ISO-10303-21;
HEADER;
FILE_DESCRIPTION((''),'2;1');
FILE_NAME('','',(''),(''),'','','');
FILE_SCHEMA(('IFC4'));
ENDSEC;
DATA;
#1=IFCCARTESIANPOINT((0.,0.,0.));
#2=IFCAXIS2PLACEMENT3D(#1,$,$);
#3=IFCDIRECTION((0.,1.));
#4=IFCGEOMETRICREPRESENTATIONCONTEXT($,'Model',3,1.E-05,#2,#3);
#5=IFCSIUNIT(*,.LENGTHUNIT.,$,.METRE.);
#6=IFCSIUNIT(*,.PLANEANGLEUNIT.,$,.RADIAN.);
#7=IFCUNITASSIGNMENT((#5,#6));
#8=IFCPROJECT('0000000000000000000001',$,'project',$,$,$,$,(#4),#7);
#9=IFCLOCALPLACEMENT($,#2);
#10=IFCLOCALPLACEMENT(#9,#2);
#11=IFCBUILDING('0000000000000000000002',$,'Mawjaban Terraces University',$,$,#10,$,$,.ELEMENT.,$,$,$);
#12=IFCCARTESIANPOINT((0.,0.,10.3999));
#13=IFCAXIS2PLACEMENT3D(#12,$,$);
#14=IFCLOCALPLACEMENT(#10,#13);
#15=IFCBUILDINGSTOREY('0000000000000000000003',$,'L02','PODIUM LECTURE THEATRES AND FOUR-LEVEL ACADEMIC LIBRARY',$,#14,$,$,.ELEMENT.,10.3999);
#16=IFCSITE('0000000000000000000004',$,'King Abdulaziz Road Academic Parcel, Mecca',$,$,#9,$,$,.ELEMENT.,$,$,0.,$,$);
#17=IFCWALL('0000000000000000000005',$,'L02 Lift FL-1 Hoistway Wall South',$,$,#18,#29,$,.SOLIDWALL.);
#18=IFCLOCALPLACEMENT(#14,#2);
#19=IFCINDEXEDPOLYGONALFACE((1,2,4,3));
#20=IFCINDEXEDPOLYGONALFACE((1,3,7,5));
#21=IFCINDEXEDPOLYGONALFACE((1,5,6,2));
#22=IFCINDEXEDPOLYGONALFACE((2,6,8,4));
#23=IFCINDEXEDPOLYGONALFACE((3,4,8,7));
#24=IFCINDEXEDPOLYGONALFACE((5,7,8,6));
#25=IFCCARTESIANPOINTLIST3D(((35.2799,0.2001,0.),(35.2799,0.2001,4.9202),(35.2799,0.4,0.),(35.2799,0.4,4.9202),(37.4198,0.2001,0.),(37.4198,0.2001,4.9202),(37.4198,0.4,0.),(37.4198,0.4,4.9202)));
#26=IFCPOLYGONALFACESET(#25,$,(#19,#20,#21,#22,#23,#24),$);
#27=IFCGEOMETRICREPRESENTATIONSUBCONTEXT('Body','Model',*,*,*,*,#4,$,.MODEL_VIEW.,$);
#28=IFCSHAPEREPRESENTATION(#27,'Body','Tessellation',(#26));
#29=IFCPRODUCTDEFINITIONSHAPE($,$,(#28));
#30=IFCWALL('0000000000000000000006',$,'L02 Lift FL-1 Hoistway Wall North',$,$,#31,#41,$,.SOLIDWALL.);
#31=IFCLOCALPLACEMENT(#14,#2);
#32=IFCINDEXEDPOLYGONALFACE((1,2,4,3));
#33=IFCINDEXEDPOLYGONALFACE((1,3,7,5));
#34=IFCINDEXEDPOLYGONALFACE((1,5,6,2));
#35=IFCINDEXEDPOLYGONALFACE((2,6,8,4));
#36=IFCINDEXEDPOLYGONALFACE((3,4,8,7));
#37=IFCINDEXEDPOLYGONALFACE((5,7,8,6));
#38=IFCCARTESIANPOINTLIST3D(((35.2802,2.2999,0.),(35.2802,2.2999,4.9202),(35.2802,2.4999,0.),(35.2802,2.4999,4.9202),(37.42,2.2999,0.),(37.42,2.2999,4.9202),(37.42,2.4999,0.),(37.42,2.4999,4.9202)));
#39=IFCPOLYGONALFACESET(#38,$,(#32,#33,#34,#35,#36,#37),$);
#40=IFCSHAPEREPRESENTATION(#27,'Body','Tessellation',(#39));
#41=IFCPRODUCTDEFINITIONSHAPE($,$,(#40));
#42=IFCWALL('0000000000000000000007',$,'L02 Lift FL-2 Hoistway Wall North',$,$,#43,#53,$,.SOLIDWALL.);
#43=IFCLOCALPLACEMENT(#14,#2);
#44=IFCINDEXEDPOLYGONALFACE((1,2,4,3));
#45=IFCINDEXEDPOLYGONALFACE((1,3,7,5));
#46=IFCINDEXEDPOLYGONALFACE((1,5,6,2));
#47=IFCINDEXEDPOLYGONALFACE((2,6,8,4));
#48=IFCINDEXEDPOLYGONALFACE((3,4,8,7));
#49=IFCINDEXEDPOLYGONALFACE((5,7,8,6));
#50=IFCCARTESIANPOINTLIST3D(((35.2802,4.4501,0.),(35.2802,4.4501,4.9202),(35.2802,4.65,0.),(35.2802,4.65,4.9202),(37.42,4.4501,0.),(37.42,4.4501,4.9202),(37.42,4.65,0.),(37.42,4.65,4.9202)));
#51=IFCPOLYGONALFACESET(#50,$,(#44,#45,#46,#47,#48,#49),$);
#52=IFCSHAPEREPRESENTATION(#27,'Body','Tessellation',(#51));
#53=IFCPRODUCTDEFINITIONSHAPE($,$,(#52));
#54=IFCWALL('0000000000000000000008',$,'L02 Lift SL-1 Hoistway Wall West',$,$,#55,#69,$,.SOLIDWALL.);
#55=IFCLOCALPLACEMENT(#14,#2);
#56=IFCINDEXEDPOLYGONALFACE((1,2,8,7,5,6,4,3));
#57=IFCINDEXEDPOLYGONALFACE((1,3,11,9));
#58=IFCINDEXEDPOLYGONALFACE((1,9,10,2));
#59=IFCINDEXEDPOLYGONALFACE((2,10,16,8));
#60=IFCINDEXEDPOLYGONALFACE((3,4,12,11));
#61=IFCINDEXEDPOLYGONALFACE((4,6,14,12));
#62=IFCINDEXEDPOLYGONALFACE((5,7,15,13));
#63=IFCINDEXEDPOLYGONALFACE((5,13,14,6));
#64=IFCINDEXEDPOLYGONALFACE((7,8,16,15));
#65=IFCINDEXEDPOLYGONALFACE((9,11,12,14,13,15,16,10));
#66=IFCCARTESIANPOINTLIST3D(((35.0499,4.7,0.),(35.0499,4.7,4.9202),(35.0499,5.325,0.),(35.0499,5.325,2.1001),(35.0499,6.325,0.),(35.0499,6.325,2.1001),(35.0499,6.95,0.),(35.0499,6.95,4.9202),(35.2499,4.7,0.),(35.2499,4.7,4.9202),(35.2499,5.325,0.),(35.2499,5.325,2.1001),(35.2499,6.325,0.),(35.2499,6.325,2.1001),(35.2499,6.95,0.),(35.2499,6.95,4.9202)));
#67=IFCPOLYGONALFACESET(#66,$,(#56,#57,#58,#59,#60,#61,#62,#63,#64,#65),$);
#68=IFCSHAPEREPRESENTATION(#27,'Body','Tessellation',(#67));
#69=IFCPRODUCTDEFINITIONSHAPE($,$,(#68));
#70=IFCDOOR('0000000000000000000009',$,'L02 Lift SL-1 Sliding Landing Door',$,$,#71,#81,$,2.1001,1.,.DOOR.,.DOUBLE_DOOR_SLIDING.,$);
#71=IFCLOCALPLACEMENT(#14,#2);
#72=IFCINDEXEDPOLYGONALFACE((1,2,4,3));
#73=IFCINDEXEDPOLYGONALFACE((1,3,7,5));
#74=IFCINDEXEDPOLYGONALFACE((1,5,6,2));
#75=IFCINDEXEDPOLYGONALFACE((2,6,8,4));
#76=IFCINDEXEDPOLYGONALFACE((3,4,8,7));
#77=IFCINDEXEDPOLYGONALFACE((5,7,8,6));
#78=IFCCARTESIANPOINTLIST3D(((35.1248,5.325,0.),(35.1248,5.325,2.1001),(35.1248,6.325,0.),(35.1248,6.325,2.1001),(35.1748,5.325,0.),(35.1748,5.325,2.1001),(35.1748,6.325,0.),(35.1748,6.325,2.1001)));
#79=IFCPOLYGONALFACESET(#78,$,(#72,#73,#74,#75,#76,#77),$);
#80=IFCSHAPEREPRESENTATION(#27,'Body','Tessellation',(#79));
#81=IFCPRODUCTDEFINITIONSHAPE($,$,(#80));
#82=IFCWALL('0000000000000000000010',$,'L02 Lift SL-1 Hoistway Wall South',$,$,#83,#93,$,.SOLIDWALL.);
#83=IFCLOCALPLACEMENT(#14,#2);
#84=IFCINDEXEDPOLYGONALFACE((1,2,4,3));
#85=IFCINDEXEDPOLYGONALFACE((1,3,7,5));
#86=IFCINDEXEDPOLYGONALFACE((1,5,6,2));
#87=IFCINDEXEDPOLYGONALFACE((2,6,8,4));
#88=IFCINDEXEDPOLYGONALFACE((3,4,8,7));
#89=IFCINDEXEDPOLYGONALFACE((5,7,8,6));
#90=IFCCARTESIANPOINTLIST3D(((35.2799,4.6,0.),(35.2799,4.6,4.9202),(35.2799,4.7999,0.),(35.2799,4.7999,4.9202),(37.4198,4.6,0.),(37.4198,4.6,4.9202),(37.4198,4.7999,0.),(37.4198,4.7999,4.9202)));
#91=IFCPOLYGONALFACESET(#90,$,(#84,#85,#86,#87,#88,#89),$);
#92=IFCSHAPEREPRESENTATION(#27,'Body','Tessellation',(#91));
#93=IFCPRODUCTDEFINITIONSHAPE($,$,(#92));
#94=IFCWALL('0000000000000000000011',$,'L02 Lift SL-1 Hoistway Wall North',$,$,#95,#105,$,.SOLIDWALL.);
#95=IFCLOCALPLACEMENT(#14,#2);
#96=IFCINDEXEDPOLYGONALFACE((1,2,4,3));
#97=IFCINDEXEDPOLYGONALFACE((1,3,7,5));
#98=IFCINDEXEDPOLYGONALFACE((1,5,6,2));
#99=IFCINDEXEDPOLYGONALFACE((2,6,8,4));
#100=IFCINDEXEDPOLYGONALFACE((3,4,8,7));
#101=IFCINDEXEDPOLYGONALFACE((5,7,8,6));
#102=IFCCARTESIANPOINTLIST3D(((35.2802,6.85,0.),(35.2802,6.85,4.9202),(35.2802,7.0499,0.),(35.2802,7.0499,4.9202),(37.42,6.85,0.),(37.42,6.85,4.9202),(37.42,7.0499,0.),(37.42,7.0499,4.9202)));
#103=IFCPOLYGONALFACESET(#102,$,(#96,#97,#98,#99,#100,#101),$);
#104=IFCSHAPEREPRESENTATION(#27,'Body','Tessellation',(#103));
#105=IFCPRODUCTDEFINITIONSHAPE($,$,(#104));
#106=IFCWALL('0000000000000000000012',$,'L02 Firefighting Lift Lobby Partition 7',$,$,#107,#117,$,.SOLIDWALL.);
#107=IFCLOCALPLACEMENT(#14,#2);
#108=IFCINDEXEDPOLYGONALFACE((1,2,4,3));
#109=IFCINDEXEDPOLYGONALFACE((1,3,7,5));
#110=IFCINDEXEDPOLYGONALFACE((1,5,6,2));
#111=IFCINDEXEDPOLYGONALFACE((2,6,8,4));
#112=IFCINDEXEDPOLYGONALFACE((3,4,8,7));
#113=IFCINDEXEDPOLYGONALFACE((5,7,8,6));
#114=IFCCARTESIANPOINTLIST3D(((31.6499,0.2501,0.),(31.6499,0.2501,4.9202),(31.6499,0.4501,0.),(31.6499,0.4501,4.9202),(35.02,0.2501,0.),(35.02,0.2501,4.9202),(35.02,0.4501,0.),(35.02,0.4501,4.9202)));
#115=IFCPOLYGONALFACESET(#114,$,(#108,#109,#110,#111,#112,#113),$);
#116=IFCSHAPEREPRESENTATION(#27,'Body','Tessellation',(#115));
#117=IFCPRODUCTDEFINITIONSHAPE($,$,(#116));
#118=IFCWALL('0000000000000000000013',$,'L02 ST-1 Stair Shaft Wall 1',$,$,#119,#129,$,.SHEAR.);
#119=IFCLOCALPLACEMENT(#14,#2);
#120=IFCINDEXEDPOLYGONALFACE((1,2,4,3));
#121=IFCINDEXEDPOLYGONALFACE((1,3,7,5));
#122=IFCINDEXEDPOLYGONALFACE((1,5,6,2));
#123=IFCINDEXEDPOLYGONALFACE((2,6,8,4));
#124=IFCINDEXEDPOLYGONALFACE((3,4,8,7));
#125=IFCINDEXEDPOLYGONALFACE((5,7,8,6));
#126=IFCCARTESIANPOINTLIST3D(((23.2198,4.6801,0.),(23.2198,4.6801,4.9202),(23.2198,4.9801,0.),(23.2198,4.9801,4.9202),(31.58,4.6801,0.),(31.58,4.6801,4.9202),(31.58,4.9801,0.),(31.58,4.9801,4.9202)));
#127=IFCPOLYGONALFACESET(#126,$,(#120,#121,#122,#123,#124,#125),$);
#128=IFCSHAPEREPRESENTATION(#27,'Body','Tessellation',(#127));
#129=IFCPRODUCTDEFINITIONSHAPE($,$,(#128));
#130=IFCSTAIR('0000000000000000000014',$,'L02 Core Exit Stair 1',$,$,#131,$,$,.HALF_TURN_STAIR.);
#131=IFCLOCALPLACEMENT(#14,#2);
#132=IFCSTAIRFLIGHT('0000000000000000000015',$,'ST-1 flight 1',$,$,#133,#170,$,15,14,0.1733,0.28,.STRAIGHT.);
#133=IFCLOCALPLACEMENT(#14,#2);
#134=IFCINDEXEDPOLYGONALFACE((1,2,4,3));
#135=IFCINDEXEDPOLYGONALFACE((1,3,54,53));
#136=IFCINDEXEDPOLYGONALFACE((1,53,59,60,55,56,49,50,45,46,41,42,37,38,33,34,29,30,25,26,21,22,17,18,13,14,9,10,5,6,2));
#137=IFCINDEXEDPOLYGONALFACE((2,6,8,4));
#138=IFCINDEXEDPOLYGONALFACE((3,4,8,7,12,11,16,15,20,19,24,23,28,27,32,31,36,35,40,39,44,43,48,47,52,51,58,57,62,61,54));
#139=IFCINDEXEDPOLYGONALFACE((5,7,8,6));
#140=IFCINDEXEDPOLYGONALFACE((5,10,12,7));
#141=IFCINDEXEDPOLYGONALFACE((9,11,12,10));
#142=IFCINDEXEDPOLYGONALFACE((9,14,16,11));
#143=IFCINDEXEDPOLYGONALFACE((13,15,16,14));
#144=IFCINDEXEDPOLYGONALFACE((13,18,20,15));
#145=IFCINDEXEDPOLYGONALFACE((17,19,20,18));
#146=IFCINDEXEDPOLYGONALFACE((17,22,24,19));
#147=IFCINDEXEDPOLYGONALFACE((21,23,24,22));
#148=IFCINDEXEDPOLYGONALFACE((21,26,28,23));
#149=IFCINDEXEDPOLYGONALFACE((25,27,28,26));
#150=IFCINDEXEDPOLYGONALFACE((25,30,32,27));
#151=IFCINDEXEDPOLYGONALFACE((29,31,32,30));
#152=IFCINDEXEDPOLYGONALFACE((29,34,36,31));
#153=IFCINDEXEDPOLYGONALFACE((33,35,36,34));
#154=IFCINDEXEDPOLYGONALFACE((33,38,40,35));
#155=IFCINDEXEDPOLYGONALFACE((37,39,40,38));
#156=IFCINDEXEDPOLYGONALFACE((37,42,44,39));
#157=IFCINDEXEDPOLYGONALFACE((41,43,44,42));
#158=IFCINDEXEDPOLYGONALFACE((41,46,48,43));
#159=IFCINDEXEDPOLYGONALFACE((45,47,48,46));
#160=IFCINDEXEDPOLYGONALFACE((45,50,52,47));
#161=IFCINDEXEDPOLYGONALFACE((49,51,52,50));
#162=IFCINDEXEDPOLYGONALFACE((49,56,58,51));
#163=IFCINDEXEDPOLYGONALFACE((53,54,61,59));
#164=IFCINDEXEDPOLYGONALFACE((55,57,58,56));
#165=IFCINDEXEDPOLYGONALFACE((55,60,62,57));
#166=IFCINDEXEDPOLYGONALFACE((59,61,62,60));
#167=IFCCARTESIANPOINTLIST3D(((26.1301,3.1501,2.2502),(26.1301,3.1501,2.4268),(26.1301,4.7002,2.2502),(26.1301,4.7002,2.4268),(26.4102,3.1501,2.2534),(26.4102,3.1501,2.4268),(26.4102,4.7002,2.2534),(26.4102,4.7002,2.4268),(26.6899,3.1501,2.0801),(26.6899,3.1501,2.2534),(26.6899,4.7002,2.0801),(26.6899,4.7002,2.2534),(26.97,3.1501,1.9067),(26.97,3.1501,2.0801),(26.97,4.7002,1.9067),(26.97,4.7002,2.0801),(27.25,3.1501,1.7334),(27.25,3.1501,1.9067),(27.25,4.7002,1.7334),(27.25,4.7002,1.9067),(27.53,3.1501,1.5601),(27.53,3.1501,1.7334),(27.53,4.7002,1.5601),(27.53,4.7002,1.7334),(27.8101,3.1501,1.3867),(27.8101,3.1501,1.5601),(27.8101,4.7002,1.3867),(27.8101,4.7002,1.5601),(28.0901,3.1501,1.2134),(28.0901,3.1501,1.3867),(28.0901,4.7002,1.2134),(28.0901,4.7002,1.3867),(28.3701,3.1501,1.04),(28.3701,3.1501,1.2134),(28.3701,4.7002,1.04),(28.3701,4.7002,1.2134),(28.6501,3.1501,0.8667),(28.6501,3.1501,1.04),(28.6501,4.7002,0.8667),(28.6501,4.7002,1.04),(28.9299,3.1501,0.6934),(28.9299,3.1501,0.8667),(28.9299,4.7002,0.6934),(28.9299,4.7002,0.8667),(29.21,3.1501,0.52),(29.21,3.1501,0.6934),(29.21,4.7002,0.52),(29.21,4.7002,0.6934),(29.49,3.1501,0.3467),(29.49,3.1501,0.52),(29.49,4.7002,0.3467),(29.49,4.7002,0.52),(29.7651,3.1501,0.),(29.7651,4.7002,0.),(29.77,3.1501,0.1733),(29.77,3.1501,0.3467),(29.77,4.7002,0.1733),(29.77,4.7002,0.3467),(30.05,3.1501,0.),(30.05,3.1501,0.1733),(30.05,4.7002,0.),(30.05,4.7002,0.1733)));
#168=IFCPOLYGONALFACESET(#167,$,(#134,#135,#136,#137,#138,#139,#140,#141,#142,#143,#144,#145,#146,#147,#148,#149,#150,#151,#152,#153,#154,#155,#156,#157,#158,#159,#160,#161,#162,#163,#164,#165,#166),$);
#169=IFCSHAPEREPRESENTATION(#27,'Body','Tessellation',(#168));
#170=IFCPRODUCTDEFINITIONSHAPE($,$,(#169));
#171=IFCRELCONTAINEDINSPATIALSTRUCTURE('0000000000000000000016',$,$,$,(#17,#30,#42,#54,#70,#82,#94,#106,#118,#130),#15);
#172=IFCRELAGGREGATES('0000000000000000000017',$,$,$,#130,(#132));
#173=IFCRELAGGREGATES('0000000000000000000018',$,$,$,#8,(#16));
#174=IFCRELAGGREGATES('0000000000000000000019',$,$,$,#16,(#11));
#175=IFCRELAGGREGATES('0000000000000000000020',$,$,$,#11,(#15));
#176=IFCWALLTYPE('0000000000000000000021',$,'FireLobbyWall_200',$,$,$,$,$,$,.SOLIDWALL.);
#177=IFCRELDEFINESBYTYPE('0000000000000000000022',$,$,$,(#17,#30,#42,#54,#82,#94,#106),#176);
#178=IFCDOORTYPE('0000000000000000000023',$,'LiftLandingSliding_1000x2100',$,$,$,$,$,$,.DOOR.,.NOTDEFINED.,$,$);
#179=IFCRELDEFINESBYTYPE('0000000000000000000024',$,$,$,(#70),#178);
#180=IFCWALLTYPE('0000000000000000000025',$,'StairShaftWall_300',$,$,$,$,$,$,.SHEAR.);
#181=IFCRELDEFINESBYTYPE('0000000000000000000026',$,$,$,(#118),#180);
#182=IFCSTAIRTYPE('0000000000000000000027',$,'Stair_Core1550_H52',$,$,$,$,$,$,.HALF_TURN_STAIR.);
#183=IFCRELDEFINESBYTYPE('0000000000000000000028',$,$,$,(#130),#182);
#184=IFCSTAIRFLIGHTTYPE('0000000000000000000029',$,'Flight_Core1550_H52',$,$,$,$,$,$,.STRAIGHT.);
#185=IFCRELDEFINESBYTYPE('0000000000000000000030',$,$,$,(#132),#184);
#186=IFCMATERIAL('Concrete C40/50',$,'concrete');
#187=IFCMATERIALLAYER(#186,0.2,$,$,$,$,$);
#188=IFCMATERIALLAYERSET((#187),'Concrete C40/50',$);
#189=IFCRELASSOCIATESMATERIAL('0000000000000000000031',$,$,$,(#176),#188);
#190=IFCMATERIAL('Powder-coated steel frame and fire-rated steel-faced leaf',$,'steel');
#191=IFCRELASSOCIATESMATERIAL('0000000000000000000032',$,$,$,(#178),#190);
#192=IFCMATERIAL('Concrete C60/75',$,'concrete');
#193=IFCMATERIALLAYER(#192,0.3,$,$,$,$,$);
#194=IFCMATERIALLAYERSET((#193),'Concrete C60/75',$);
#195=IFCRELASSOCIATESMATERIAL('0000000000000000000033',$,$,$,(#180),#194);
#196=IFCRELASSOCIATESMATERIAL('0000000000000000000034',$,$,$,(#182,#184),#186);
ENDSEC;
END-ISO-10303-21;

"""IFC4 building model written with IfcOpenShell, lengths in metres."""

from ifc_helpers import new_model, si_unit, direction, frame, frame_2d, origin, place, context, subcontext, project, spatial, polyline, rectangle, outline, extrude, material, layer, layer_set, type_object, element, fill, aggregate, save


model = new_model("IFC4")

# Units and contexts
model_context = context("Model", 3, precision=1e-05, world=origin(), true_north=direction((0.0, 1.0)))
body_context = subcontext(model_context, "Body", "Model", "MODEL_VIEW")
ifc_project = project(units=[si_unit("LENGTHUNIT", "METRE"), si_unit("PLANEANGLEUNIT", "RADIAN")], contexts=[model_context])

# Site, building, storey
site_placement = place(None, origin())
site = spatial("IfcSite", under=ifc_project, at=site_placement, Name="King Abdulaziz Road Academic Parcel, Mecca", CompositionType="ELEMENT", RefElevation=0.0)
building_placement = place(site_placement, origin())
building = spatial("IfcBuilding", under=site, at=building_placement, Name="Mawjaban Terraces University", CompositionType="ELEMENT")
storey_placement = place(building_placement, frame((0.0, 0.0, 10.3999)))
storey = spatial("IfcBuildingStorey", under=building, at=storey_placement, Name="L02", Description="PODIUM LECTURE THEATRES AND FOUR-LEVEL ACADEMIC LIBRARY", CompositionType="ELEMENT", Elevation=10.3999)

# Shared definitions
ifc_material_1 = material(Name="Concrete C40/50", Category="concrete")
ifc_layer_1 = layer(ifc_material_1, 0.2)
ifc_layer_set_1 = layer_set([ifc_layer_1], Name="Concrete C40/50")
wall_type_1 = type_object("IfcWallType", Name="FireLobbyWall_200", PredefinedType="SOLIDWALL", material=ifc_layer_set_1)
ifc_material_2 = material(Name="Powder-coated steel frame and fire-rated steel-faced leaf", Category="steel")

# Walls
for number, where, z_axis, x_axis, name in (
    (1, (35.28, 0.3, 0.0), (0.0, 0.0, 1.0), (1.0, 0.0, 0.0), "L02 Lift FL-1 Hoistway Wall South"),
    (2, (37.4199, 2.3999, 0.0), (0.0, 0.0, 1.0), (-1.0, 0.0, 0.0), "L02 Lift FL-1 Hoistway Wall North"),
):
    element("IfcWall", number, at=place(storey_placement, frame(where, z_axis=z_axis, x_axis=x_axis)), inside=storey, type_object=wall_type_1, Name=name, PredefinedType="SOLIDWALL", context=body_context, shape_type="SweptSolid", body=[
        extrude(rectangle(XDim=2.1399, YDim=0.2, at=frame_2d((1.0698, 0.0))), origin(), (0.0, 0.0, 1.0), 4.9202),
    ])

# Wall
wall_1_placement = place(storey_placement, frame((37.4199, 4.55, 0.0), z_axis=(0.0, 0.0, 1.0), x_axis=(-1.0, 0.0, 0.0)))
element("IfcWall", 3, at=wall_1_placement, inside=storey, type_object=wall_type_1, Name="L02 Lift FL-2 Hoistway Wall North", PredefinedType="SOLIDWALL", context=body_context, shape_type="SweptSolid", body=[
    extrude(rectangle(XDim=2.1399, YDim=0.2, at=frame_2d((1.0698, 0.0))), origin(), (0.0, 0.0, 1.0), 4.9202),
])

# Wall, opening, door
wall_2_placement = place(storey_placement, frame((35.1499, 6.95, 0.0), z_axis=(0.0, 0.0, 1.0), x_axis=(0.0, -1.0, 0.0)))
wall_2 = element("IfcWall", 4, at=wall_2_placement, inside=storey, type_object=wall_type_1, Name="L02 Lift SL-1 Hoistway Wall West", PredefinedType="SOLIDWALL", context=body_context, shape_type="SweptSolid", body=[
    extrude(rectangle(XDim=2.25, YDim=0.2, at=frame_2d((1.125, 0.0))), origin(), (0.0, 0.0, 1.0), 4.9202),
])
opening_1_placement = place(wall_2_placement, frame((0.625, 0.0, 0.0)))
opening_1 = element("IfcOpeningElement", 5, at=opening_1_placement, cuts=wall_2, PredefinedType="OPENING", context=body_context, shape_type="SweptSolid", body=[
    extrude(rectangle(XDim=1.0, YDim=2.1001, at=frame_2d((0.5, 1.05))), frame((0.0, 0.1099, 0.0), z_axis=(0.0, -1.0, 0.0), x_axis=(1.0, 0.0, 0.0)), (0.0, 0.0, 1.0), 0.22),
])
door_type_1 = type_object("IfcDoorType", Name="LiftLandingSliding_1000x2100", OperationType="NOTDEFINED", PredefinedType="DOOR", material=ifc_material_2)
door_1_placement = place(opening_1_placement, origin())
door_1 = element("IfcDoor", 6, at=door_1_placement, inside=storey, type_object=door_type_1, Name="L02 Lift SL-1 Sliding Landing Door", OperationType="DOUBLE_DOOR_SLIDING", OverallHeight=2.1001, OverallWidth=1.0, PredefinedType="DOOR", context=body_context, shape_type="SweptSolid", body=[
    extrude(rectangle(XDim=1.0, YDim=2.1001, at=frame_2d((0.5, 1.05))), frame((0.0, 0.0249, 0.0), z_axis=(0.0, -1.0, 0.0), x_axis=(1.0, 0.0, 0.0)), (0.0, 0.0, 1.0), 0.05),
])
fill(opening_1, door_1)

# Walls
for number, where, z_axis, x_axis, name in (
    (7, (35.28, 4.7, 0.0), (0.0, 0.0, 1.0), (1.0, 0.0, 0.0), "L02 Lift SL-1 Hoistway Wall South"),
    (8, (37.4199, 6.95, 0.0), (0.0, 0.0, 1.0), (-1.0, 0.0, 0.0), "L02 Lift SL-1 Hoistway Wall North"),
):
    element("IfcWall", number, at=place(storey_placement, frame(where, z_axis=z_axis, x_axis=x_axis)), inside=storey, type_object=wall_type_1, Name=name, PredefinedType="SOLIDWALL", context=body_context, shape_type="SweptSolid", body=[
        extrude(rectangle(XDim=2.1399, YDim=0.2, at=frame_2d((1.0698, 0.0))), origin(), (0.0, 0.0, 1.0), 4.9202),
    ])
wall_3_placement = place(storey_placement, frame((31.6499, 0.3501, 0.0), z_axis=(0.0, 0.0, 1.0), x_axis=(1.0, 0.0, 0.0)))
element("IfcWall", 9, at=wall_3_placement, inside=storey, type_object=wall_type_1, Name="L02 Firefighting Lift Lobby Partition 7", PredefinedType="SOLIDWALL", context=body_context, shape_type="SweptSolid", body=[
    extrude(rectangle(XDim=3.3701, YDim=0.2, at=frame_2d((1.6851, 0.0))), origin(), (0.0, 0.0, 1.0), 4.9202),
])

# Wall
ifc_material_3 = material(Name="Concrete C60/75", Category="concrete")
ifc_layer_2 = layer(ifc_material_3, 0.3)
ifc_layer_set_2 = layer_set([ifc_layer_2], Name="Concrete C60/75")
wall_type_2 = type_object("IfcWallType", Name="StairShaftWall_300", PredefinedType="SHEAR", material=ifc_layer_set_2)
wall_4_placement = place(storey_placement, frame((31.5801, 4.8301, 0.0), z_axis=(0.0, 0.0, 1.0), x_axis=(-1.0, 0.0, 0.0)))
element("IfcWall", 10, at=wall_4_placement, inside=storey, type_object=wall_type_2, Name="L02 ST-1 Stair Shaft Wall 1", PredefinedType="SHEAR", context=body_context, shape_type="SweptSolid", body=[
    extrude(rectangle(XDim=8.3601, YDim=0.3, at=frame_2d((4.1802, 0.0))), origin(), (0.0, 0.0, 1.0), 4.9202),
])

# Stair, stair flight
stair_type = type_object("IfcStairType", Name="Stair_Core1550_H52", PredefinedType="HALF_TURN_STAIR", material=ifc_material_1)
stair_placement = place(storey_placement, origin())
stair = element("IfcStair", 11, at=stair_placement, inside=storey, type_object=stair_type, Name="L02 Core Exit Stair 1", PredefinedType="HALF_TURN_STAIR")
stair_flight_type = type_object("IfcStairFlightType", Name="Flight_Core1550_H52", PredefinedType="STRAIGHT", material=ifc_material_1)
stair_flight_placement = place(storey_placement, frame((30.05, 3.925, 0.0), z_axis=(0.0, 0.0, 1.0), x_axis=(-1.0, 0.0, 0.0)))
stair_flight = element("IfcStairFlight", 12, at=stair_flight_placement, type_object=stair_flight_type, Name="ST-1 flight 1", NumberOfRisers=15, NumberOfTreads=14, PredefinedType="STRAIGHT", RiserHeight=0.1733, TreadLength=0.28, context=body_context, shape_type="SweptSolid", body=[
    extrude(outline(polyline([(0.0, 0.0), (0.0, 0.1733), (0.28, 0.1733), (0.28, 0.3467), (0.5601, 0.3467), (0.5601, 0.52), (0.8401, 0.52), (0.8401, 0.6934), (1.1201, 0.6934), (1.1201, 0.8667), (1.3999, 0.8667), (1.3999, 1.04), (1.6799, 1.04), (1.6799, 1.2134), (1.96, 1.2134), (1.96, 1.3867), (2.24, 1.3867), (2.24, 1.5601), (2.52, 1.5601), (2.52, 1.7334), (2.8, 1.7334), (2.8, 1.9067), (3.0801, 1.9067), (3.0801, 2.0801), (3.3601, 2.0801), (3.3601, 2.2534), (3.6399, 2.2534), (3.6399, 2.4268), (3.9199, 2.4268), (3.9199, 2.6001), (3.9199, 2.2502), (0.2849, 0.0), (0.0, 0.0)])), frame((0.0, 0.7749, 0.0), z_axis=(0.0, -1.0, 0.0), x_axis=(1.0, 0.0, 0.0)), (0.0, 0.0, 1.0), 1.55),
])
aggregate(stair, [stair_flight])

save(model, "model.ifc")
